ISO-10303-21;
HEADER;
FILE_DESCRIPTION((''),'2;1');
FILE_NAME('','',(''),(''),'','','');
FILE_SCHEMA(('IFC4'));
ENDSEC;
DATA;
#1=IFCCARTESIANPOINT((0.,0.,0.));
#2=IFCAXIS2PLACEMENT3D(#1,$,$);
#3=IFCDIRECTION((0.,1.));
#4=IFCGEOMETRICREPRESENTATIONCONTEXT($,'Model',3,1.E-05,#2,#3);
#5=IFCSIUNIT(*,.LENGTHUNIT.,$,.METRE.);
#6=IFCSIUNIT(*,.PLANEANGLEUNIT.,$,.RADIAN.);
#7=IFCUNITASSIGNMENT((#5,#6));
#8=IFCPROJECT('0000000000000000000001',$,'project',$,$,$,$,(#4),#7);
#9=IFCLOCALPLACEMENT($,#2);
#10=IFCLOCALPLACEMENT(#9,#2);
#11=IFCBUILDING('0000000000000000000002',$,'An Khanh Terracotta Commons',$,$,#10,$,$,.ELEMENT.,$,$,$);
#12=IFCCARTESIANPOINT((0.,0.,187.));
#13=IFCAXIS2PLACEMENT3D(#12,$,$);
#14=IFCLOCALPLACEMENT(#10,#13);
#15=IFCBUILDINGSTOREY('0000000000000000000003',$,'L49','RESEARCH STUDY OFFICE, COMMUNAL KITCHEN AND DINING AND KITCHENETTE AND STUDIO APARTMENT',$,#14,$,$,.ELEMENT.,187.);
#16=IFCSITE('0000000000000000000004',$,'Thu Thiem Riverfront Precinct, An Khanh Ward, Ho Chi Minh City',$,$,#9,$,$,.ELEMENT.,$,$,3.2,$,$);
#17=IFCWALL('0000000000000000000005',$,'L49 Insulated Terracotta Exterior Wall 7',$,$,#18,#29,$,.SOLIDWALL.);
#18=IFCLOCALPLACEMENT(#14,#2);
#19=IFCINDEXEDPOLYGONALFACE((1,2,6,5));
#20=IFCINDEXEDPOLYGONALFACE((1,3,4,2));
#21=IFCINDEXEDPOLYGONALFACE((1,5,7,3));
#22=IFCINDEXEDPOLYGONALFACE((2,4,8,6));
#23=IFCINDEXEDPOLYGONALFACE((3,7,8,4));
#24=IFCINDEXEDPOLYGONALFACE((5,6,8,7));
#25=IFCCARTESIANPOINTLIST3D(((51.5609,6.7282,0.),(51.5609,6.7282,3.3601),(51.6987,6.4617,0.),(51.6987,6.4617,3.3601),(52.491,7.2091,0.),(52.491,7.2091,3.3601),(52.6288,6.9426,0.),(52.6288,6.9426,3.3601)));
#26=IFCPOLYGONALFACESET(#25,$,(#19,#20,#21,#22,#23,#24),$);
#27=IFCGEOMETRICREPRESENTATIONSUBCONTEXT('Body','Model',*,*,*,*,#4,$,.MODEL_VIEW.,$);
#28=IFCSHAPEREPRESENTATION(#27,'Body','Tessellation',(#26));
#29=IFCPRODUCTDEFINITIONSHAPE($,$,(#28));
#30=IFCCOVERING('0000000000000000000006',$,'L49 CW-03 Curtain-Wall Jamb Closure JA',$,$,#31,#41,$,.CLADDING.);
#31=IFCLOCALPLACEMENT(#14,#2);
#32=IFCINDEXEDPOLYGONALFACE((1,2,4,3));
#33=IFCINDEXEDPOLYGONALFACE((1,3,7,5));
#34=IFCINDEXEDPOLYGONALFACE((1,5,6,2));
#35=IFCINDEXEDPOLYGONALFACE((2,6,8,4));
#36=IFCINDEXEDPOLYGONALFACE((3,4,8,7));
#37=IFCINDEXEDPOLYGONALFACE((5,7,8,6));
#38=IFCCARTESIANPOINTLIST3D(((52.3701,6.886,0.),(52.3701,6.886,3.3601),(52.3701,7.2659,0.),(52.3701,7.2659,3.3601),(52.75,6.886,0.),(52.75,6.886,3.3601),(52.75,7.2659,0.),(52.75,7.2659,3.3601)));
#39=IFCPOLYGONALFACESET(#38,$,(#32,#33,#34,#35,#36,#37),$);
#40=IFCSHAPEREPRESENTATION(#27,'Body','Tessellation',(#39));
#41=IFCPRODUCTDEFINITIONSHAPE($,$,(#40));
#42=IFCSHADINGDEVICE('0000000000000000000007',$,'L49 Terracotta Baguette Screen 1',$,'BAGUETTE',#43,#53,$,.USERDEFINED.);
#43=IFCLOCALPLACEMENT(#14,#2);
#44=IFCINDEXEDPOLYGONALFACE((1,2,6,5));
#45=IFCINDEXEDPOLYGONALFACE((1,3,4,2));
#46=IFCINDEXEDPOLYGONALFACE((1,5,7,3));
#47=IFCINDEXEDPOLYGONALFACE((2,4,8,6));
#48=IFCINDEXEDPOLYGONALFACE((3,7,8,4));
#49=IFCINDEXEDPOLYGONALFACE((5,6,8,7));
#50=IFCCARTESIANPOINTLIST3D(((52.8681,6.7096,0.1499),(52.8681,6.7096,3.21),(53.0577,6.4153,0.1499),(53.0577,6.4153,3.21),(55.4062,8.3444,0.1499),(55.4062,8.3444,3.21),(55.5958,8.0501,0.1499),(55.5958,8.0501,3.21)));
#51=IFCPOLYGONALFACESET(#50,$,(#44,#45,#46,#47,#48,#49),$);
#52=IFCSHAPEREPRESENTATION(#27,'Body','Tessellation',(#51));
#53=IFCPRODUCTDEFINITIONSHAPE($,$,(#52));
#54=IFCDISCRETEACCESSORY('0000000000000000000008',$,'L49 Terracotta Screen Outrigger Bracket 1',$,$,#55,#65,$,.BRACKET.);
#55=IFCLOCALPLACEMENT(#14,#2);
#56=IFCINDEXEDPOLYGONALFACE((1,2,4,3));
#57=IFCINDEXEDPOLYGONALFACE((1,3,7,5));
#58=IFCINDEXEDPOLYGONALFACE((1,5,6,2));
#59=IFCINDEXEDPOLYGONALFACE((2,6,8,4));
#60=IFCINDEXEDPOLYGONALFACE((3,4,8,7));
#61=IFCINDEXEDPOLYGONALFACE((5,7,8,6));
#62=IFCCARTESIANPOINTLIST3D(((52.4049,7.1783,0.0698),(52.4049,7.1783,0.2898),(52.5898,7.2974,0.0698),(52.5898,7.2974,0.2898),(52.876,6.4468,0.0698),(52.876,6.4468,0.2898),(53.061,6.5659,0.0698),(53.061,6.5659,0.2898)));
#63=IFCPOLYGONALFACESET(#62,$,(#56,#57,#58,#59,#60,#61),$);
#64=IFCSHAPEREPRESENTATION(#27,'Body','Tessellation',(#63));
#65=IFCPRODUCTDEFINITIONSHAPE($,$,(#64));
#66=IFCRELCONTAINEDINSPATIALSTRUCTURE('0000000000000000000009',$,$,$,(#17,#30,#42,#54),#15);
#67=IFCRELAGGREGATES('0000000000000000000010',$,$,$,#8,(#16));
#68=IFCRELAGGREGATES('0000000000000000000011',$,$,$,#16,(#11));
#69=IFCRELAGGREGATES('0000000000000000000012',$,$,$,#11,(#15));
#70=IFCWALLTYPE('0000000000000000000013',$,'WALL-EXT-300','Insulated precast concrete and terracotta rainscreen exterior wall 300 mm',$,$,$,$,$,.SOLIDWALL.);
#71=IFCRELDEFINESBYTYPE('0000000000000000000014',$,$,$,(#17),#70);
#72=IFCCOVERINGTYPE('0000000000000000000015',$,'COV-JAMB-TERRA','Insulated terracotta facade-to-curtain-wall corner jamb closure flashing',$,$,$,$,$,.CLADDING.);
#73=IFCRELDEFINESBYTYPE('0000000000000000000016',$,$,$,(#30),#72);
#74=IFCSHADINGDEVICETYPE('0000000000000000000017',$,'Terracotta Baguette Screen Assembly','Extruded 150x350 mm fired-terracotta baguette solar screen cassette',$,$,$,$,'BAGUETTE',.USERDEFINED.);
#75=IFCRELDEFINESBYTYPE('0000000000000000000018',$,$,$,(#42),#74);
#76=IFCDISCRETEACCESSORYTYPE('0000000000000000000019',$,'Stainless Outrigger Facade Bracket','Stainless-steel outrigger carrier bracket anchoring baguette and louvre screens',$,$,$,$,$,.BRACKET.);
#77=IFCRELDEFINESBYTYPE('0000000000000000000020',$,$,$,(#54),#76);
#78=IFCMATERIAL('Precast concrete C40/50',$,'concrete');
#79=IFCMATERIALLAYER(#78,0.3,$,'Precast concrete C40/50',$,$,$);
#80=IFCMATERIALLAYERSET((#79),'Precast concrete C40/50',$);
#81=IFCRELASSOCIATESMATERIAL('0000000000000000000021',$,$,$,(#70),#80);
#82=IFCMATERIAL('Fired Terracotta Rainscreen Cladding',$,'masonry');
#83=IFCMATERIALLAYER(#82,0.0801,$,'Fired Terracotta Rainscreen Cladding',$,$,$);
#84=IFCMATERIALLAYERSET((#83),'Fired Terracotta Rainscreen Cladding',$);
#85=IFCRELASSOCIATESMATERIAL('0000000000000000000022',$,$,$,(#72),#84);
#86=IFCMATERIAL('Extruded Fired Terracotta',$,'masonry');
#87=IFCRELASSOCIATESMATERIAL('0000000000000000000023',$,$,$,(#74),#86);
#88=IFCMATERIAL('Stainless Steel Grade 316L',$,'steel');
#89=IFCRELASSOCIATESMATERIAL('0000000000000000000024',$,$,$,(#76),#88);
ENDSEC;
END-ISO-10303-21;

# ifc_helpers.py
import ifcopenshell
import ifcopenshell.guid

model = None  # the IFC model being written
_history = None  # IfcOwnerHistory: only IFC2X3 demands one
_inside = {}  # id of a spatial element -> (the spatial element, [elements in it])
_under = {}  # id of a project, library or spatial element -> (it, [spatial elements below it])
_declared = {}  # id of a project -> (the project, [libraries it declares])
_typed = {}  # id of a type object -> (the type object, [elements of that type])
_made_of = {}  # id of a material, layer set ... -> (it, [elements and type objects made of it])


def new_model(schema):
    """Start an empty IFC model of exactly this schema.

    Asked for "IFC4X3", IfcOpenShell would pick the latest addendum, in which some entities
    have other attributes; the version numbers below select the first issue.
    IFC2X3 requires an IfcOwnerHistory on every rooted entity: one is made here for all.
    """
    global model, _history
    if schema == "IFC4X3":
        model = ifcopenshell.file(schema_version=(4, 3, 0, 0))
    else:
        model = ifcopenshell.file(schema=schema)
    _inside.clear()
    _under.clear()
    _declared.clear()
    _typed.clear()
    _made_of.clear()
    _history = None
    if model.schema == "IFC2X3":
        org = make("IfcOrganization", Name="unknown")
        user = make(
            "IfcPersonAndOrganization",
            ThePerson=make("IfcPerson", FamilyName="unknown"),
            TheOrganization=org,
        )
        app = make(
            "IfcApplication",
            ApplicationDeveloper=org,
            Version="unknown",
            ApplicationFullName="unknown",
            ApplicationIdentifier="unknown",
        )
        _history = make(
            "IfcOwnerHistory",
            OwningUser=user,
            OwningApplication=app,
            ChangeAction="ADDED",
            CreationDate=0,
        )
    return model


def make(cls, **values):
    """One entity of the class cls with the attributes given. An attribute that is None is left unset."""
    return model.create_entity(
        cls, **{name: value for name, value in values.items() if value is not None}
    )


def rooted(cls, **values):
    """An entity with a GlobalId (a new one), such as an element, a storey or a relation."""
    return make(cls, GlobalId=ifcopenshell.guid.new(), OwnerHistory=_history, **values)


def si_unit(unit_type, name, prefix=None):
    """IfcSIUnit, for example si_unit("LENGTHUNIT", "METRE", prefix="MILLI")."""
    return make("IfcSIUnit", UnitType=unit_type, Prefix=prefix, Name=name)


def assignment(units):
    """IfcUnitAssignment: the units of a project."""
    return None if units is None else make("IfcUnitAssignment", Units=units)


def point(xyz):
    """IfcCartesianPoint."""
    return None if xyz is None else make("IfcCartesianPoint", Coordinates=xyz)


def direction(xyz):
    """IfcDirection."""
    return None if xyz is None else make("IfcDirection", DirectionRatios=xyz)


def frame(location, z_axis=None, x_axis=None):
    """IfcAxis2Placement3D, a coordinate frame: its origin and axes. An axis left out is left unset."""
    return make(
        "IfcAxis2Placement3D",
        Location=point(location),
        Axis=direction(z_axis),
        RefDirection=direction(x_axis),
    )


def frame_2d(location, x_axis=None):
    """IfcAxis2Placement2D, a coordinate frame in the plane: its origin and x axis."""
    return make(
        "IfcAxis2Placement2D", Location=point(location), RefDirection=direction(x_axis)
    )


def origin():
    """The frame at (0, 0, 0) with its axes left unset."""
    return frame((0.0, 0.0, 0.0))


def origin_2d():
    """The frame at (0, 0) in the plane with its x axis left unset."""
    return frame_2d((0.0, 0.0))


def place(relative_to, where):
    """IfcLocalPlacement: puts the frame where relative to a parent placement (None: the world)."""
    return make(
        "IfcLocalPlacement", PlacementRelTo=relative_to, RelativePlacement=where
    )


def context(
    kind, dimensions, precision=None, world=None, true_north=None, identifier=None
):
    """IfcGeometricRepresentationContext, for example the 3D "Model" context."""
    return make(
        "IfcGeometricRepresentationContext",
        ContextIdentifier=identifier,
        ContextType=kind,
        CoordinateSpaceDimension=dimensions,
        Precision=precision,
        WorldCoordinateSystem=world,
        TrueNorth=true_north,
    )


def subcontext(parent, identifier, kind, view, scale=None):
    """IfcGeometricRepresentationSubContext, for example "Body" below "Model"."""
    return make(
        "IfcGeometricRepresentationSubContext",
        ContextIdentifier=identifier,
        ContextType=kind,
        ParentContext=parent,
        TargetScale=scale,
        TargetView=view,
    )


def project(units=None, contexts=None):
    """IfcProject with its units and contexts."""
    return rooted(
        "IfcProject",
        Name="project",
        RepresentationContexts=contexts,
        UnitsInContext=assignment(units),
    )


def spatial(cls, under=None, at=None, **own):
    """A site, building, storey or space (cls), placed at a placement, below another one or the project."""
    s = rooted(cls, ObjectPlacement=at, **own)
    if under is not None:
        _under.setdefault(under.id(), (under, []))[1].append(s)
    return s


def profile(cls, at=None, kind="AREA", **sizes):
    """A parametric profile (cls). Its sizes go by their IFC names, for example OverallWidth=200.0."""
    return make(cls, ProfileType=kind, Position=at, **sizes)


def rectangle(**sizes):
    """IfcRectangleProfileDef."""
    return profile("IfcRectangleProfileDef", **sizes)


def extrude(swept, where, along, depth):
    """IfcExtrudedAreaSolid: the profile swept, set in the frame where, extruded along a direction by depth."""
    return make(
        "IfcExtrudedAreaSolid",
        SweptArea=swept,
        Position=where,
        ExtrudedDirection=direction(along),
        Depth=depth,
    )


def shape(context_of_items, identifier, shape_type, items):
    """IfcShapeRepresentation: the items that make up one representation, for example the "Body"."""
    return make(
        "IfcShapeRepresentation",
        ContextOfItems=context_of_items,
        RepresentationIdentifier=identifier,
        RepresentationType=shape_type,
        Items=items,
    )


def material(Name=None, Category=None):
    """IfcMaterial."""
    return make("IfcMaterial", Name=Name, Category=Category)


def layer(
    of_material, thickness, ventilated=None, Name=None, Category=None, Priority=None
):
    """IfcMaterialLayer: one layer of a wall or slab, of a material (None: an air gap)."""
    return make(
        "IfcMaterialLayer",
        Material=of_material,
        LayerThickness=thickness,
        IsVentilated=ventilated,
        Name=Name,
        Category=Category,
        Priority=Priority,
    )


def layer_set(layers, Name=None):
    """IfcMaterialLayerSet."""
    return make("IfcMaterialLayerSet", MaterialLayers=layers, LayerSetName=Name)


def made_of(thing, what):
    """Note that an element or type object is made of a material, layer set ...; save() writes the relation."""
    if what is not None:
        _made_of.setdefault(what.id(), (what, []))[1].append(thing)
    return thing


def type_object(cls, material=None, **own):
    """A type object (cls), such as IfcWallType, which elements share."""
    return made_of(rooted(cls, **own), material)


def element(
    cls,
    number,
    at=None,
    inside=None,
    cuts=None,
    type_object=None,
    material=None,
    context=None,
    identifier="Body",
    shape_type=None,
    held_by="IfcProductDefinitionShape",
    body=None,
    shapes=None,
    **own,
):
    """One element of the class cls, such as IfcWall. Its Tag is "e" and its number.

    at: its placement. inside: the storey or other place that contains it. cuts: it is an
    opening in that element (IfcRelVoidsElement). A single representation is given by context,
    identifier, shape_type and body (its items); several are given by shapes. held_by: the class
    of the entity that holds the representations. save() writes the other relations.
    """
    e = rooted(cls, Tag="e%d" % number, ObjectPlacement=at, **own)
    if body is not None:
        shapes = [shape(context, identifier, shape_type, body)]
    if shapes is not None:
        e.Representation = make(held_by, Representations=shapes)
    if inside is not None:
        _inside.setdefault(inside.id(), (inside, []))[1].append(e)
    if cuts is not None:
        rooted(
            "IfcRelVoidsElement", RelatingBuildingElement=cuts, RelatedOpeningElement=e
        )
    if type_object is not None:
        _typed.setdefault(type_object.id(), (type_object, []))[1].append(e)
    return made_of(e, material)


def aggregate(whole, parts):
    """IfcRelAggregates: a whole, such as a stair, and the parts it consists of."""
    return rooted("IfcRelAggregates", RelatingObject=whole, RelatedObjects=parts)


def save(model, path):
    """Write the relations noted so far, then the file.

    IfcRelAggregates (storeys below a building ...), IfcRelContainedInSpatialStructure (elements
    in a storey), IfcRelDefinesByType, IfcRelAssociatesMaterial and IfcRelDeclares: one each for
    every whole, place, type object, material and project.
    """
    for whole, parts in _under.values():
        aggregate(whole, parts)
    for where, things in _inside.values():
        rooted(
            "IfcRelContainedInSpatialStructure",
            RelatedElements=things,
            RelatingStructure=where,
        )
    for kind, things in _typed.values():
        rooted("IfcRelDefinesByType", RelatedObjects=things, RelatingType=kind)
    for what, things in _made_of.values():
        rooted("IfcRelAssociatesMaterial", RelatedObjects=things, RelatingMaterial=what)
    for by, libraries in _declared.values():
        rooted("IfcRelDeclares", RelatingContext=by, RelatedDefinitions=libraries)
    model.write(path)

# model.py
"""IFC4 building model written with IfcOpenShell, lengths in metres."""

from ifc_helpers import new_model, si_unit, direction, frame, frame_2d, origin, origin_2d, place, context, subcontext, project, spatial, rectangle, extrude, material, layer, layer_set, type_object, element, save


model = new_model("IFC4")

# Units and contexts
model_context = context("Model", 3, precision=1e-05, world=origin(), true_north=direction((0.0, 1.0)))
body_context = subcontext(model_context, "Body", "Model", "MODEL_VIEW")
ifc_project = project(units=[si_unit("LENGTHUNIT", "METRE"), si_unit("PLANEANGLEUNIT", "RADIAN")], contexts=[model_context])

# Site, building, storey
site_placement = place(None, origin())
site = spatial("IfcSite", under=ifc_project, at=site_placement, Name="Thu Thiem Riverfront Precinct, An Khanh Ward, Ho Chi Minh City", CompositionType="ELEMENT", RefElevation=3.2)
building_placement = place(site_placement, origin())
building = spatial("IfcBuilding", under=site, at=building_placement, Name="An Khanh Terracotta Commons", CompositionType="ELEMENT")
storey_placement = place(building_placement, frame((0.0, 0.0, 187.0)))
storey = spatial("IfcBuildingStorey", under=building, at=storey_placement, Name="L49", Description="RESEARCH STUDY OFFICE, COMMUNAL KITCHEN AND DINING AND KITCHENETTE AND STUDIO APARTMENT", CompositionType="ELEMENT", Elevation=187.0)

# Wall
ifc_material_1 = material(Name="Precast concrete C40/50", Category="concrete")
ifc_layer_1 = layer(ifc_material_1, 0.3, Name="Precast concrete C40/50")
ifc_layer_set_1 = layer_set([ifc_layer_1], Name="Precast concrete C40/50")
wall_type_1 = type_object("IfcWallType", Name="WALL-EXT-300", Description="Insulated precast concrete and terracotta rainscreen exterior wall 300 mm", PredefinedType="SOLIDWALL", material=ifc_layer_set_1)
wall_1_placement = place(storey_placement, frame((51.6299, 6.595, 0.0), z_axis=(0.0, 0.0, 1.0), x_axis=(0.888283, 0.459296, 0.0)))
element("IfcWall", 1, at=wall_1_placement, inside=storey, type_object=wall_type_1, Name="L49 Insulated Terracotta Exterior Wall 7", PredefinedType="SOLIDWALL", context=body_context, shape_type="SweptSolid", body=[
    extrude(rectangle(XDim=1.0471, YDim=0.3, at=frame_2d((0.5234, 0.0))), origin(), (0.0, 0.0, 1.0), 3.3601),
])

# Covering
ifc_material_2 = material(Name="Fired Terracotta Rainscreen Cladding", Category="masonry")
ifc_layer_2 = layer(ifc_material_2, 0.0801, Name="Fired Terracotta Rainscreen Cladding")
ifc_layer_set_2 = layer_set([ifc_layer_2], Name="Fired Terracotta Rainscreen Cladding")
covering_type = type_object("IfcCoveringType", Name="COV-JAMB-TERRA", Description="Insulated terracotta facade-to-curtain-wall corner jamb closure flashing", PredefinedType="CLADDING", material=ifc_layer_set_2)
covering_placement = place(storey_placement, frame((52.5601, 7.0759, 0.0), z_axis=(0.0, 0.0, 1.0), x_axis=(1.0, 0.0, 0.0)))
element("IfcCovering", 2, at=covering_placement, inside=storey, type_object=covering_type, Name="L49 CW-03 Curtain-Wall Jamb Closure JA", PredefinedType="CLADDING", context=body_context, shape_type="SweptSolid", body=[
    extrude(rectangle(XDim=0.3799, YDim=0.3799, at=origin_2d()), origin(), (0.0, 0.0, 1.0), 3.3601),
])

# Shading device
ifc_material_3 = material(Name="Extruded Fired Terracotta", Category="masonry")
shading_device_type = type_object("IfcShadingDeviceType", Name="Terracotta Baguette Screen Assembly", Description="Extruded 150x350 mm fired-terracotta baguette solar screen cassette", ElementType="BAGUETTE", PredefinedType="USERDEFINED", material=ifc_material_3)
shading_device_placement = place(storey_placement, frame((54.2319, 7.3799, 0.1499), z_axis=(0.0, 0.0, 1.0), x_axis=(0.840702, 0.541498, 0.0)))
element("IfcShadingDevice", 3, at=shading_device_placement, inside=storey, type_object=shading_device_type, Name="L49 Terracotta Baguette Screen 1", ObjectType="BAGUETTE", PredefinedType="USERDEFINED", context=body_context, shape_type="SweptSolid", body=[
    extrude(rectangle(XDim=3.019, YDim=0.3501, at=origin_2d()), origin(), (0.0, 0.0, 1.0), 3.0601),
])

# Discrete accessory
ifc_material_4 = material(Name="Stainless Steel Grade 316L", Category="steel")
discrete_accessory_type = type_object("IfcDiscreteAccessoryType", Name="Stainless Outrigger Facade Bracket", Description="Stainless-steel outrigger carrier bracket anchoring baguette and louvre screens", PredefinedType="BRACKET", material=ifc_material_4)
discrete_accessory_placement = place(storey_placement, frame((52.7329, 6.8721, 0.0698), z_axis=(0.0, 0.0, 1.0), x_axis=(0.840702, 0.541498, 0.0)))
element("IfcDiscreteAccessory", 4, at=discrete_accessory_placement, inside=storey, type_object=discrete_accessory_type, Name="L49 Terracotta Screen Outrigger Bracket 1", PredefinedType="BRACKET", context=body_context, shape_type="SweptSolid", body=[
    extrude(rectangle(XDim=0.22, YDim=0.8701, at=origin_2d()), origin(), (0.0, 0.0, 1.0), 0.22),
])

save(model, "model.ifc")
